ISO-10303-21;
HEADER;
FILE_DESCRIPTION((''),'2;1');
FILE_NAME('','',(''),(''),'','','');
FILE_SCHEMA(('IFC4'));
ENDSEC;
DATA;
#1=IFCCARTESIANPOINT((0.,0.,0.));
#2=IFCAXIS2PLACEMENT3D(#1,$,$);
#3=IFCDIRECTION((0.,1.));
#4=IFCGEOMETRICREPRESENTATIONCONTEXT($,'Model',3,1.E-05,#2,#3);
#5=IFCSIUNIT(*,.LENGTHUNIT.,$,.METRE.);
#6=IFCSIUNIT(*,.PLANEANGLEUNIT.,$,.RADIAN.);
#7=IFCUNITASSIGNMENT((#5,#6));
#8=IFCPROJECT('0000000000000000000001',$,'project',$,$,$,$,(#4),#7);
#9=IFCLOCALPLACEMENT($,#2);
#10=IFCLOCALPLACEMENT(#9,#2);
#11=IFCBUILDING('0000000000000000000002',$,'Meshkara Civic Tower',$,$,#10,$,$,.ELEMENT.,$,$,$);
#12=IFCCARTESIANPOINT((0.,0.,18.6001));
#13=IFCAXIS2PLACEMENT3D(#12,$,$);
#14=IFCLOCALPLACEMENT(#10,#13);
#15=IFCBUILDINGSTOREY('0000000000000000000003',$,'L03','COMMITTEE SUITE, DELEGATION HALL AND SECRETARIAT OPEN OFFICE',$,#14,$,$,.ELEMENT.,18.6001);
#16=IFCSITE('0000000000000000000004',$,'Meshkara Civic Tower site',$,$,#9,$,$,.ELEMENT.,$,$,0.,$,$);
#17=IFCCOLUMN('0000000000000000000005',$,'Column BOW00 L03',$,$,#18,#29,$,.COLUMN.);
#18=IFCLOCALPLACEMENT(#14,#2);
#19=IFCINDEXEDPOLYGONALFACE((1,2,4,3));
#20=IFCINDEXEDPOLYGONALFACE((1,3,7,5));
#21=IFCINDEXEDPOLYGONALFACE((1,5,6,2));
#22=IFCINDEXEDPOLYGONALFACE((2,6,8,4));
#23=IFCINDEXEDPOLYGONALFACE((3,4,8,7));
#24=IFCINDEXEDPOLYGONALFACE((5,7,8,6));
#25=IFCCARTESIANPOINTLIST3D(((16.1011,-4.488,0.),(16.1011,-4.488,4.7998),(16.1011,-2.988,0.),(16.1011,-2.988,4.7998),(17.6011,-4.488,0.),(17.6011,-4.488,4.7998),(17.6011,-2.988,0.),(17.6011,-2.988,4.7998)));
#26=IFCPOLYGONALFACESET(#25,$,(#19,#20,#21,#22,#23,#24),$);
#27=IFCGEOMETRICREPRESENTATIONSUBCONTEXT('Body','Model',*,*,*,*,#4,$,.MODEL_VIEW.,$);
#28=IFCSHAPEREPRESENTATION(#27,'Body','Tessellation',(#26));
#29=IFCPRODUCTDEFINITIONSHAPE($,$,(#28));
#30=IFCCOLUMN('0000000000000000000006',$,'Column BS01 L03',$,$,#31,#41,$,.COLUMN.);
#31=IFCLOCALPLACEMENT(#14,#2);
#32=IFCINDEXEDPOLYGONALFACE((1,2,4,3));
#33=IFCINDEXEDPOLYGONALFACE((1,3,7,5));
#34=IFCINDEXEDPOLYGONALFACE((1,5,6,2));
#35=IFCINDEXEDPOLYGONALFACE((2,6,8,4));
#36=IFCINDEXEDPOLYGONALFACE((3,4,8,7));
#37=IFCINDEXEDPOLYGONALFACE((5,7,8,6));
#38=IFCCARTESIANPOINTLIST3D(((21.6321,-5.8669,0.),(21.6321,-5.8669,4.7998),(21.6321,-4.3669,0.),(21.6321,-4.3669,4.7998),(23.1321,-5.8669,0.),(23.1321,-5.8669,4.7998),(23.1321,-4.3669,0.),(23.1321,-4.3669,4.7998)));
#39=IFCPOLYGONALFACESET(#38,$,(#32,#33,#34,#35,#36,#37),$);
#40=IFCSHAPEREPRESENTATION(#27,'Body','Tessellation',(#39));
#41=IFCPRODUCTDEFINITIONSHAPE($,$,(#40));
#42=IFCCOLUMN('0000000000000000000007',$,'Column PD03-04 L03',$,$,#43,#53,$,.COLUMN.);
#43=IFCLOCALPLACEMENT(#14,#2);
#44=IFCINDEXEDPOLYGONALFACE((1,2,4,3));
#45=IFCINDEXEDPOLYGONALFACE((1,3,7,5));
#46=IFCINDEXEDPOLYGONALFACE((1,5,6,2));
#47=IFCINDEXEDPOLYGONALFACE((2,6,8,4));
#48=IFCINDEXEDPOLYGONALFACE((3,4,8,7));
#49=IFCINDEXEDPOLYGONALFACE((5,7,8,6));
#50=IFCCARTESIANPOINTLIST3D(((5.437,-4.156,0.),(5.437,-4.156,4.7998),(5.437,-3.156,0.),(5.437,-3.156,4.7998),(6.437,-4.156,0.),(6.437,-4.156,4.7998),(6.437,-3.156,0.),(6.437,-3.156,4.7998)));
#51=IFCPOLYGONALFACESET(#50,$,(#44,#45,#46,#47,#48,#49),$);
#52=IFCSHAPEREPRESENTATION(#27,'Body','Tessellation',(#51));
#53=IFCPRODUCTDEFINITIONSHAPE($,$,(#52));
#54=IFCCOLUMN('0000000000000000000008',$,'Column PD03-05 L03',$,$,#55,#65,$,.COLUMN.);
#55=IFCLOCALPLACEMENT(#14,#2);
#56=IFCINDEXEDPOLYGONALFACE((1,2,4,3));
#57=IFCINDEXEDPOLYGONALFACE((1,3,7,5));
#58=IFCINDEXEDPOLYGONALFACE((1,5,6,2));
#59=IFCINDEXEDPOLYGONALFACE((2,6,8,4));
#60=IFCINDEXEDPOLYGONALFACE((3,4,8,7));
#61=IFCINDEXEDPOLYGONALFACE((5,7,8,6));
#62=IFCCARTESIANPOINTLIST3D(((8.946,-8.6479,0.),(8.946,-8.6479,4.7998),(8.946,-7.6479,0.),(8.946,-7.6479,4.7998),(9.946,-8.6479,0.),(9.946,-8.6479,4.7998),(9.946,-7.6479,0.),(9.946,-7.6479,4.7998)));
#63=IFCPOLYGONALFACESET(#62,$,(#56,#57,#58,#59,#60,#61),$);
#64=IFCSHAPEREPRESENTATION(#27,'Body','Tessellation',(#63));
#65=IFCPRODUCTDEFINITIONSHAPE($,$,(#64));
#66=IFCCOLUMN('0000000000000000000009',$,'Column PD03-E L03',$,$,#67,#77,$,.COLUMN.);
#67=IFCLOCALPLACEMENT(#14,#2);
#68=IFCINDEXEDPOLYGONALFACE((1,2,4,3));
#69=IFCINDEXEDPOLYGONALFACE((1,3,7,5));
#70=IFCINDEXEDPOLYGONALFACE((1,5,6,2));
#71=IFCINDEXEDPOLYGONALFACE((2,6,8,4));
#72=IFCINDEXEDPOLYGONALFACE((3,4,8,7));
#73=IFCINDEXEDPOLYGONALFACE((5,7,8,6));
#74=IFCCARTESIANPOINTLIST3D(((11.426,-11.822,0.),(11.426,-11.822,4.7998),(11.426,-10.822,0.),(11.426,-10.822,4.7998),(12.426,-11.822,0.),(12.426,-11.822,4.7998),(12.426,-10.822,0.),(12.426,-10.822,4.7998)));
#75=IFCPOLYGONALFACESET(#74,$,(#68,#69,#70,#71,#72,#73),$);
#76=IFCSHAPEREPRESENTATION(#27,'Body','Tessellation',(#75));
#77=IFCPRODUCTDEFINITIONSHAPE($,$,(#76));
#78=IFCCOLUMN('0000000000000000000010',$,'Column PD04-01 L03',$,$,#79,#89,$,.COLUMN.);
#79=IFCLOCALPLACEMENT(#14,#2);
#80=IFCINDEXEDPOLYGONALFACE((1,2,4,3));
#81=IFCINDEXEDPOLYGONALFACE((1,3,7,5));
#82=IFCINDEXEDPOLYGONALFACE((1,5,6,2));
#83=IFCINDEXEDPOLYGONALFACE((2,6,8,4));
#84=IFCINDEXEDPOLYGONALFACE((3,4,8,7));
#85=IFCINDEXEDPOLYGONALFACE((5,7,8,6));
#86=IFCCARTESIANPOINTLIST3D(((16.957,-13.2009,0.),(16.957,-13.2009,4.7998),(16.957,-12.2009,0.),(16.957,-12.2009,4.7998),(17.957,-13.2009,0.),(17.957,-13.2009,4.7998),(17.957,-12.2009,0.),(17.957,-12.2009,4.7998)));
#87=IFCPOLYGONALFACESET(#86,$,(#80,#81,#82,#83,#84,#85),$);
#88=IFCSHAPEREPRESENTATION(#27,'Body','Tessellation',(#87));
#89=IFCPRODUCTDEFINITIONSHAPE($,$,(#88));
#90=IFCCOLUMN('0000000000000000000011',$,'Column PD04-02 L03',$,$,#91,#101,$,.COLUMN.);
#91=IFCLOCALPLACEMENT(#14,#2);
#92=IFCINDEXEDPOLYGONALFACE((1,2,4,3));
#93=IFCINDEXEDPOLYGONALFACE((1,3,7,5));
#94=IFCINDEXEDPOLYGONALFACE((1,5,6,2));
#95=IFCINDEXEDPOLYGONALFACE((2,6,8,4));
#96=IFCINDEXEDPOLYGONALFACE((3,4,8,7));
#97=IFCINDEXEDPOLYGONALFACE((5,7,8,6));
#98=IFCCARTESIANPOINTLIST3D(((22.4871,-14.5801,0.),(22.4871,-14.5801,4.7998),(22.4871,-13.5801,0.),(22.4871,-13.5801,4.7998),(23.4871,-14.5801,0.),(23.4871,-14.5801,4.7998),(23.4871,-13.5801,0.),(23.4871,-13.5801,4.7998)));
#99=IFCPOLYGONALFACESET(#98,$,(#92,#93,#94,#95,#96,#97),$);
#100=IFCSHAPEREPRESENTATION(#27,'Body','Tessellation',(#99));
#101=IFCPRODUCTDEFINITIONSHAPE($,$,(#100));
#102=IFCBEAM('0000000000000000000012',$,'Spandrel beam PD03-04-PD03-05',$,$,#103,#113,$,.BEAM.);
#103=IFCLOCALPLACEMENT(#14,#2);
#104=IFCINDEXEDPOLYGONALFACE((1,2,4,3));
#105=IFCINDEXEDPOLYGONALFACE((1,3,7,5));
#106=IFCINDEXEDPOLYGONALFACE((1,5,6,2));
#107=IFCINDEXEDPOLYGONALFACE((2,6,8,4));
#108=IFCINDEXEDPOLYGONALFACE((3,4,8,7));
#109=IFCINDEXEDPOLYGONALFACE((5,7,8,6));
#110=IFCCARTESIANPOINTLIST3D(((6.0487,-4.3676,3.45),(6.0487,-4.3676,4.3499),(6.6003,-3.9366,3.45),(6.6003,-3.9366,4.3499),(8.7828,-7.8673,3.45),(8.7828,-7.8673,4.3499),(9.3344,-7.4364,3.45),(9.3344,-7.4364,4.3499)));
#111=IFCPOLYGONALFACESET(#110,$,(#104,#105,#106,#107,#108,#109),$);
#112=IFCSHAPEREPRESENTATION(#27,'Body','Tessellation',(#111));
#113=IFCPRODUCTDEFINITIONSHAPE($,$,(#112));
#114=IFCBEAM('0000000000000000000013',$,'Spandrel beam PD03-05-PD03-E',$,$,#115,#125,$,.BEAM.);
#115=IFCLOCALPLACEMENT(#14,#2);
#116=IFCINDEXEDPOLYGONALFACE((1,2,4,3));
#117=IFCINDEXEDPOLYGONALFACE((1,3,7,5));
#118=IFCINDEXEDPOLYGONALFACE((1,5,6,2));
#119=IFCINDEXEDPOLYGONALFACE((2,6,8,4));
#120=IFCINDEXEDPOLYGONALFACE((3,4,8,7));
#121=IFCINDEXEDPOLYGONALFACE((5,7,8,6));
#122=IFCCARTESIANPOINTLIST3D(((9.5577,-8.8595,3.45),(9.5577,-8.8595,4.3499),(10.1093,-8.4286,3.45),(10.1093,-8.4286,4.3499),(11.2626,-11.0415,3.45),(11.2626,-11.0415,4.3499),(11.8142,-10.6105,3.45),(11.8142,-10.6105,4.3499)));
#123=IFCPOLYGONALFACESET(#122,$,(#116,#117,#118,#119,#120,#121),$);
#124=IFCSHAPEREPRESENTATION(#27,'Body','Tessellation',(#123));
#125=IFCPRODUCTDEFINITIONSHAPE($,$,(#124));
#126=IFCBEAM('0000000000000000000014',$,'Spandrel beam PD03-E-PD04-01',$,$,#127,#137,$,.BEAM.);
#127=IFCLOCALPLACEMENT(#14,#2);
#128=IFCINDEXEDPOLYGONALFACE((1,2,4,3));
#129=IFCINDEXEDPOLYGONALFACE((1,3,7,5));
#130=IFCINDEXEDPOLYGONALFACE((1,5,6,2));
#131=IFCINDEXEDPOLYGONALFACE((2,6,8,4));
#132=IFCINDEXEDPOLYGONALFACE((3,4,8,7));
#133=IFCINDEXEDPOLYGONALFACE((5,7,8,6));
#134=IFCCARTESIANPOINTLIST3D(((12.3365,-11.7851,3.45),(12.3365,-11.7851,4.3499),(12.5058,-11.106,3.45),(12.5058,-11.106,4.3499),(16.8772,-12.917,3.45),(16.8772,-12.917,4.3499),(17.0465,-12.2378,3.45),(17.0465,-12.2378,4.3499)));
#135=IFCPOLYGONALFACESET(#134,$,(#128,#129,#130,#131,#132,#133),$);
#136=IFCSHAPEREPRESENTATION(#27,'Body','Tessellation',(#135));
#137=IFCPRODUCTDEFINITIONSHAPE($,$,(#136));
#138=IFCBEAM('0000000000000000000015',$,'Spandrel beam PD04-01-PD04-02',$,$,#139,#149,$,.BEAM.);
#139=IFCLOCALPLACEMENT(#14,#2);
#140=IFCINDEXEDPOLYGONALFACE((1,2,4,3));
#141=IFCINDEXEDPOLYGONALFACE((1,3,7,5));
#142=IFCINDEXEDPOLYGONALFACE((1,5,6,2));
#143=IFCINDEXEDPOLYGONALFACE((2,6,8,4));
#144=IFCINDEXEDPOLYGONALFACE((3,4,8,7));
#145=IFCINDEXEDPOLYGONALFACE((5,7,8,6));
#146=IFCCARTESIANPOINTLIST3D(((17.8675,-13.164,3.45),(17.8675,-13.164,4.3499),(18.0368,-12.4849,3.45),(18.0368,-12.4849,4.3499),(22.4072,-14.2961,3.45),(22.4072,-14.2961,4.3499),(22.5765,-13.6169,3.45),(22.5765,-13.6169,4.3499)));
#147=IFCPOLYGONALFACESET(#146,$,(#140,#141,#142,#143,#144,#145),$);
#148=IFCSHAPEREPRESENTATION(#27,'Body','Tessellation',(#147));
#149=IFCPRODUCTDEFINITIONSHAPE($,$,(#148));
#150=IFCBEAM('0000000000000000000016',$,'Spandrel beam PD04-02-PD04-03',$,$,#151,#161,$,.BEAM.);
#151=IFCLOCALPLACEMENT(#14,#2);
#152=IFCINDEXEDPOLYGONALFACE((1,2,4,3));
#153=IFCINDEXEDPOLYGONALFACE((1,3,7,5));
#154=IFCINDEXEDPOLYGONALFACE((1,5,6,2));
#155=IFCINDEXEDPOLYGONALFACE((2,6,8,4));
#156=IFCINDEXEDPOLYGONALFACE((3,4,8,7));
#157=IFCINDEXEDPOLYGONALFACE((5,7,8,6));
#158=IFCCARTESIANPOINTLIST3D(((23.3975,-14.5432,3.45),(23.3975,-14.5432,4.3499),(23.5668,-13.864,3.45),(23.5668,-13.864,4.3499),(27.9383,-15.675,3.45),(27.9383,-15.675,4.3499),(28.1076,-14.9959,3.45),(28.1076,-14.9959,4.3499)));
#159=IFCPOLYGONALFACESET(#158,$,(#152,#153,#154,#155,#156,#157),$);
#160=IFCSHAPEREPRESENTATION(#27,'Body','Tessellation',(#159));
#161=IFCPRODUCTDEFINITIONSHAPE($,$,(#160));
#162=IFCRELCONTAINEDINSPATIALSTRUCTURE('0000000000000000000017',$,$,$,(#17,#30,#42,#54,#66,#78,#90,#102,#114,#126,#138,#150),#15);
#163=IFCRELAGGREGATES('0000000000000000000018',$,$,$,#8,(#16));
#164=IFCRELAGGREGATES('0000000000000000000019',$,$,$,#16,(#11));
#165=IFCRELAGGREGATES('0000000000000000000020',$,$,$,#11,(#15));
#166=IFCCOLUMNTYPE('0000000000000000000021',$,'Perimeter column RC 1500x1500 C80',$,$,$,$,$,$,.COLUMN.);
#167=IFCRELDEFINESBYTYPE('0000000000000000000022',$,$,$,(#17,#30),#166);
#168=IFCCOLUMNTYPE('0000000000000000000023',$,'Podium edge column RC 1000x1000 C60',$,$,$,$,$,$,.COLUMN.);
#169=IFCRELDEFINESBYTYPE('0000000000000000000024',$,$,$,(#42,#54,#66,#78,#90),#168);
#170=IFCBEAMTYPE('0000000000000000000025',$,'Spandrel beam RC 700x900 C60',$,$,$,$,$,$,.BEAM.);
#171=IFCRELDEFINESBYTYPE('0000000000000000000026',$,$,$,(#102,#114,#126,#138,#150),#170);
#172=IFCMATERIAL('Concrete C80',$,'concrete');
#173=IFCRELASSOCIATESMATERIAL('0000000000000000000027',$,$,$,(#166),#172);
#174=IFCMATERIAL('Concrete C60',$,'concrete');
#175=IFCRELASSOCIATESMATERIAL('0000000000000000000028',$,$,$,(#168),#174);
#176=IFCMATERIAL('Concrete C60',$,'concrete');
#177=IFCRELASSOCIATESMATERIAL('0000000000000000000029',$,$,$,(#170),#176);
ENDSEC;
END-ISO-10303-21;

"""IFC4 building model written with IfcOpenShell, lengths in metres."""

from ifc_helpers import new_model, si_unit, direction, frame, origin, origin_2d, place, context, subcontext, project, spatial, rectangle, extrude, material, material_profile, profile_set, type_object, element, save


model = new_model("IFC4")

# Units and contexts
model_context = context("Model", 3, precision=1e-05, world=origin(), true_north=direction((0.0, 1.0)))
body_context = subcontext(model_context, "Body", "Model", "MODEL_VIEW")
ifc_project = project(units=[si_unit("LENGTHUNIT", "METRE"), si_unit("PLANEANGLEUNIT", "RADIAN")], contexts=[model_context])

# Site, building, storey
site_placement = place(None, origin())
site = spatial("IfcSite", under=ifc_project, at=site_placement, Name="Meshkara Civic Tower site", CompositionType="ELEMENT", RefElevation=0.0)
building_placement = place(site_placement, origin())
building = spatial("IfcBuilding", under=site, at=building_placement, Name="Meshkara Civic Tower", CompositionType="ELEMENT")
storey_placement = place(building_placement, frame((0.0, 0.0, 18.6001)))
storey = spatial("IfcBuildingStorey", under=building, at=storey_placement, Name="L03", Description="COMMITTEE SUITE, DELEGATION HALL AND SECRETARIAT OPEN OFFICE", CompositionType="ELEMENT", Elevation=18.6001)

# Columns
ifc_material_1 = material(Name="Concrete C80", Category="concrete")
ifc_material_profile_1 = material_profile(ifc_material_1, rectangle(XDim=1.5, YDim=1.5, at=origin_2d()))
ifc_profile_set_1 = profile_set([ifc_material_profile_1], Name="Concrete C80")
column_type_1 = type_object("IfcColumnType", Name="Perimeter column RC 1500x1500 C80", PredefinedType="COLUMN", material=ifc_profile_set_1)
for number, where, z_axis, x_axis, name in (
    (1, (16.8511, -3.738, 0.0), (0.0, 0.0, 1.0), (1.0, 0.0, 0.0), "Column BOW00 L03"),
    (2, (22.3821, -5.1169, 0.0), (0.0, 0.0, 1.0), (1.0, 0.0, 0.0), "Column BS01 L03"),
):
    element("IfcColumn", number, at=place(storey_placement, frame(where, z_axis=z_axis, x_axis=x_axis)), inside=storey, type_object=column_type_1, Name=name, PredefinedType="COLUMN", context=body_context, shape_type="SweptSolid", body=[
        extrude(rectangle(XDim=1.5, YDim=1.5, at=origin_2d()), origin(), (0.0, 0.0, 1.0), 4.7998),
    ])
ifc_material_2 = material(Name="Concrete C60", Category="concrete")
ifc_material_profile_2 = material_profile(ifc_material_2, rectangle(XDim=1.0, YDim=1.0, at=origin_2d()))
ifc_profile_set_2 = profile_set([ifc_material_profile_2], Name="Concrete C60")
column_type_2 = type_object("IfcColumnType", Name="Podium edge column RC 1000x1000 C60", PredefinedType="COLUMN", material=ifc_profile_set_2)
for number, where, z_axis, x_axis, name in (
    (3, (5.937, -3.656, 0.0), (0.0, 0.0, 1.0), (1.0, 0.0, 0.0), "Column PD03-04 L03"),
    (4, (9.446, -8.1479, 0.0), (0.0, 0.0, 1.0), (1.0, 0.0, 0.0), "Column PD03-05 L03"),
    (5, (11.926, -11.322, 0.0), (0.0, 0.0, 1.0), (1.0, 0.0, 0.0), "Column PD03-E L03"),
    (6, (17.457, -12.7009, 0.0), (0.0, 0.0, 1.0), (1.0, 0.0, 0.0), "Column PD04-01 L03"),
    (7, (22.9871, -14.0801, 0.0), (0.0, 0.0, 1.0), (1.0, 0.0, 0.0), "Column PD04-02 L03"),
):
    element("IfcColumn", number, at=place(storey_placement, frame(where, z_axis=z_axis, x_axis=x_axis)), inside=storey, type_object=column_type_2, Name=name, PredefinedType="COLUMN", context=body_context, shape_type="SweptSolid", body=[
        extrude(rectangle(XDim=1.0, YDim=1.0, at=origin_2d()), origin(), (0.0, 0.0, 1.0), 4.7998),
    ])

# Beams
ifc_material_3 = material(Name="Concrete C60", Category="concrete")
ifc_material_profile_3 = material_profile(ifc_material_3, rectangle(XDim=0.7, YDim=0.8999, at=origin_2d()))
ifc_profile_set_3 = profile_set([ifc_material_profile_3], Name="Concrete C60")
beam_type = type_object("IfcBeamType", Name="Spandrel beam RC 700x900 C60", PredefinedType="BEAM", material=ifc_profile_set_3)
beam_1_placement = place(storey_placement, frame((6.3245, -4.1521, 3.8999), z_axis=(0.615637, -0.78803, 0.0), x_axis=(0.78803, 0.615637, 0.0)))
element("IfcBeam", 8, at=beam_1_placement, inside=storey, type_object=beam_type, Name="Spandrel beam PD03-04-PD03-05", PredefinedType="BEAM", context=body_context, shape_type="SweptSolid", body=[
    extrude(rectangle(XDim=0.7, YDim=0.8999, at=origin_2d()), origin(), (0.0, 0.0, 1.0), 4.4412),
])
beam_2_placement = place(storey_placement, frame((9.8335, -8.644, 3.8999), z_axis=(0.615697, -0.787983, 0.0), x_axis=(0.787983, 0.615697, 0.0)))
element("IfcBeam", 9, at=beam_2_placement, inside=storey, type_object=beam_type, Name="Spandrel beam PD03-05-PD03-E", PredefinedType="BEAM", context=body_context, shape_type="SweptSolid", body=[
    extrude(rectangle(XDim=0.7, YDim=0.8999, at=origin_2d()), origin(), (0.0, 0.0, 1.0), 2.769),
])
beam_3_placement = place(storey_placement, frame((12.4211, -11.4456, 3.8999), z_axis=(0.970311, -0.24186, 0.0), x_axis=(0.24186, 0.970311, 0.0)))
element("IfcBeam", 10, at=beam_3_placement, inside=storey, type_object=beam_type, Name="Spandrel beam PD03-E-PD04-01", PredefinedType="BEAM", context=body_context, shape_type="SweptSolid", body=[
    extrude(rectangle(XDim=0.7, YDim=0.8999, at=origin_2d()), origin(), (0.0, 0.0, 1.0), 4.6797),
])
beam_4_placement = place(storey_placement, frame((17.9521, -12.8245, 3.8999), z_axis=(0.970287, -0.241959, 0.0), x_axis=(0.241959, 0.970287, 0.0)))
element("IfcBeam", 11, at=beam_4_placement, inside=storey, type_object=beam_type, Name="Spandrel beam PD04-01-PD04-02", PredefinedType="BEAM", context=body_context, shape_type="SweptSolid", body=[
    extrude(rectangle(XDim=0.7, YDim=0.8999, at=origin_2d()), origin(), (0.0, 0.0, 1.0), 4.6787),
])
beam_5_placement = place(storey_placement, frame((23.4822, -14.2036, 3.8999), z_axis=(0.970311, -0.24186, 0.0), x_axis=(0.24186, 0.970311, 0.0)))
element("IfcBeam", 12, at=beam_5_placement, inside=storey, type_object=beam_type, Name="Spandrel beam PD04-02-PD04-03", PredefinedType="BEAM", context=body_context, shape_type="SweptSolid", body=[
    extrude(rectangle(XDim=0.7, YDim=0.8999, at=origin_2d()), origin(), (0.0, 0.0, 1.0), 4.6797),
])

save(model, "model.ifc")
